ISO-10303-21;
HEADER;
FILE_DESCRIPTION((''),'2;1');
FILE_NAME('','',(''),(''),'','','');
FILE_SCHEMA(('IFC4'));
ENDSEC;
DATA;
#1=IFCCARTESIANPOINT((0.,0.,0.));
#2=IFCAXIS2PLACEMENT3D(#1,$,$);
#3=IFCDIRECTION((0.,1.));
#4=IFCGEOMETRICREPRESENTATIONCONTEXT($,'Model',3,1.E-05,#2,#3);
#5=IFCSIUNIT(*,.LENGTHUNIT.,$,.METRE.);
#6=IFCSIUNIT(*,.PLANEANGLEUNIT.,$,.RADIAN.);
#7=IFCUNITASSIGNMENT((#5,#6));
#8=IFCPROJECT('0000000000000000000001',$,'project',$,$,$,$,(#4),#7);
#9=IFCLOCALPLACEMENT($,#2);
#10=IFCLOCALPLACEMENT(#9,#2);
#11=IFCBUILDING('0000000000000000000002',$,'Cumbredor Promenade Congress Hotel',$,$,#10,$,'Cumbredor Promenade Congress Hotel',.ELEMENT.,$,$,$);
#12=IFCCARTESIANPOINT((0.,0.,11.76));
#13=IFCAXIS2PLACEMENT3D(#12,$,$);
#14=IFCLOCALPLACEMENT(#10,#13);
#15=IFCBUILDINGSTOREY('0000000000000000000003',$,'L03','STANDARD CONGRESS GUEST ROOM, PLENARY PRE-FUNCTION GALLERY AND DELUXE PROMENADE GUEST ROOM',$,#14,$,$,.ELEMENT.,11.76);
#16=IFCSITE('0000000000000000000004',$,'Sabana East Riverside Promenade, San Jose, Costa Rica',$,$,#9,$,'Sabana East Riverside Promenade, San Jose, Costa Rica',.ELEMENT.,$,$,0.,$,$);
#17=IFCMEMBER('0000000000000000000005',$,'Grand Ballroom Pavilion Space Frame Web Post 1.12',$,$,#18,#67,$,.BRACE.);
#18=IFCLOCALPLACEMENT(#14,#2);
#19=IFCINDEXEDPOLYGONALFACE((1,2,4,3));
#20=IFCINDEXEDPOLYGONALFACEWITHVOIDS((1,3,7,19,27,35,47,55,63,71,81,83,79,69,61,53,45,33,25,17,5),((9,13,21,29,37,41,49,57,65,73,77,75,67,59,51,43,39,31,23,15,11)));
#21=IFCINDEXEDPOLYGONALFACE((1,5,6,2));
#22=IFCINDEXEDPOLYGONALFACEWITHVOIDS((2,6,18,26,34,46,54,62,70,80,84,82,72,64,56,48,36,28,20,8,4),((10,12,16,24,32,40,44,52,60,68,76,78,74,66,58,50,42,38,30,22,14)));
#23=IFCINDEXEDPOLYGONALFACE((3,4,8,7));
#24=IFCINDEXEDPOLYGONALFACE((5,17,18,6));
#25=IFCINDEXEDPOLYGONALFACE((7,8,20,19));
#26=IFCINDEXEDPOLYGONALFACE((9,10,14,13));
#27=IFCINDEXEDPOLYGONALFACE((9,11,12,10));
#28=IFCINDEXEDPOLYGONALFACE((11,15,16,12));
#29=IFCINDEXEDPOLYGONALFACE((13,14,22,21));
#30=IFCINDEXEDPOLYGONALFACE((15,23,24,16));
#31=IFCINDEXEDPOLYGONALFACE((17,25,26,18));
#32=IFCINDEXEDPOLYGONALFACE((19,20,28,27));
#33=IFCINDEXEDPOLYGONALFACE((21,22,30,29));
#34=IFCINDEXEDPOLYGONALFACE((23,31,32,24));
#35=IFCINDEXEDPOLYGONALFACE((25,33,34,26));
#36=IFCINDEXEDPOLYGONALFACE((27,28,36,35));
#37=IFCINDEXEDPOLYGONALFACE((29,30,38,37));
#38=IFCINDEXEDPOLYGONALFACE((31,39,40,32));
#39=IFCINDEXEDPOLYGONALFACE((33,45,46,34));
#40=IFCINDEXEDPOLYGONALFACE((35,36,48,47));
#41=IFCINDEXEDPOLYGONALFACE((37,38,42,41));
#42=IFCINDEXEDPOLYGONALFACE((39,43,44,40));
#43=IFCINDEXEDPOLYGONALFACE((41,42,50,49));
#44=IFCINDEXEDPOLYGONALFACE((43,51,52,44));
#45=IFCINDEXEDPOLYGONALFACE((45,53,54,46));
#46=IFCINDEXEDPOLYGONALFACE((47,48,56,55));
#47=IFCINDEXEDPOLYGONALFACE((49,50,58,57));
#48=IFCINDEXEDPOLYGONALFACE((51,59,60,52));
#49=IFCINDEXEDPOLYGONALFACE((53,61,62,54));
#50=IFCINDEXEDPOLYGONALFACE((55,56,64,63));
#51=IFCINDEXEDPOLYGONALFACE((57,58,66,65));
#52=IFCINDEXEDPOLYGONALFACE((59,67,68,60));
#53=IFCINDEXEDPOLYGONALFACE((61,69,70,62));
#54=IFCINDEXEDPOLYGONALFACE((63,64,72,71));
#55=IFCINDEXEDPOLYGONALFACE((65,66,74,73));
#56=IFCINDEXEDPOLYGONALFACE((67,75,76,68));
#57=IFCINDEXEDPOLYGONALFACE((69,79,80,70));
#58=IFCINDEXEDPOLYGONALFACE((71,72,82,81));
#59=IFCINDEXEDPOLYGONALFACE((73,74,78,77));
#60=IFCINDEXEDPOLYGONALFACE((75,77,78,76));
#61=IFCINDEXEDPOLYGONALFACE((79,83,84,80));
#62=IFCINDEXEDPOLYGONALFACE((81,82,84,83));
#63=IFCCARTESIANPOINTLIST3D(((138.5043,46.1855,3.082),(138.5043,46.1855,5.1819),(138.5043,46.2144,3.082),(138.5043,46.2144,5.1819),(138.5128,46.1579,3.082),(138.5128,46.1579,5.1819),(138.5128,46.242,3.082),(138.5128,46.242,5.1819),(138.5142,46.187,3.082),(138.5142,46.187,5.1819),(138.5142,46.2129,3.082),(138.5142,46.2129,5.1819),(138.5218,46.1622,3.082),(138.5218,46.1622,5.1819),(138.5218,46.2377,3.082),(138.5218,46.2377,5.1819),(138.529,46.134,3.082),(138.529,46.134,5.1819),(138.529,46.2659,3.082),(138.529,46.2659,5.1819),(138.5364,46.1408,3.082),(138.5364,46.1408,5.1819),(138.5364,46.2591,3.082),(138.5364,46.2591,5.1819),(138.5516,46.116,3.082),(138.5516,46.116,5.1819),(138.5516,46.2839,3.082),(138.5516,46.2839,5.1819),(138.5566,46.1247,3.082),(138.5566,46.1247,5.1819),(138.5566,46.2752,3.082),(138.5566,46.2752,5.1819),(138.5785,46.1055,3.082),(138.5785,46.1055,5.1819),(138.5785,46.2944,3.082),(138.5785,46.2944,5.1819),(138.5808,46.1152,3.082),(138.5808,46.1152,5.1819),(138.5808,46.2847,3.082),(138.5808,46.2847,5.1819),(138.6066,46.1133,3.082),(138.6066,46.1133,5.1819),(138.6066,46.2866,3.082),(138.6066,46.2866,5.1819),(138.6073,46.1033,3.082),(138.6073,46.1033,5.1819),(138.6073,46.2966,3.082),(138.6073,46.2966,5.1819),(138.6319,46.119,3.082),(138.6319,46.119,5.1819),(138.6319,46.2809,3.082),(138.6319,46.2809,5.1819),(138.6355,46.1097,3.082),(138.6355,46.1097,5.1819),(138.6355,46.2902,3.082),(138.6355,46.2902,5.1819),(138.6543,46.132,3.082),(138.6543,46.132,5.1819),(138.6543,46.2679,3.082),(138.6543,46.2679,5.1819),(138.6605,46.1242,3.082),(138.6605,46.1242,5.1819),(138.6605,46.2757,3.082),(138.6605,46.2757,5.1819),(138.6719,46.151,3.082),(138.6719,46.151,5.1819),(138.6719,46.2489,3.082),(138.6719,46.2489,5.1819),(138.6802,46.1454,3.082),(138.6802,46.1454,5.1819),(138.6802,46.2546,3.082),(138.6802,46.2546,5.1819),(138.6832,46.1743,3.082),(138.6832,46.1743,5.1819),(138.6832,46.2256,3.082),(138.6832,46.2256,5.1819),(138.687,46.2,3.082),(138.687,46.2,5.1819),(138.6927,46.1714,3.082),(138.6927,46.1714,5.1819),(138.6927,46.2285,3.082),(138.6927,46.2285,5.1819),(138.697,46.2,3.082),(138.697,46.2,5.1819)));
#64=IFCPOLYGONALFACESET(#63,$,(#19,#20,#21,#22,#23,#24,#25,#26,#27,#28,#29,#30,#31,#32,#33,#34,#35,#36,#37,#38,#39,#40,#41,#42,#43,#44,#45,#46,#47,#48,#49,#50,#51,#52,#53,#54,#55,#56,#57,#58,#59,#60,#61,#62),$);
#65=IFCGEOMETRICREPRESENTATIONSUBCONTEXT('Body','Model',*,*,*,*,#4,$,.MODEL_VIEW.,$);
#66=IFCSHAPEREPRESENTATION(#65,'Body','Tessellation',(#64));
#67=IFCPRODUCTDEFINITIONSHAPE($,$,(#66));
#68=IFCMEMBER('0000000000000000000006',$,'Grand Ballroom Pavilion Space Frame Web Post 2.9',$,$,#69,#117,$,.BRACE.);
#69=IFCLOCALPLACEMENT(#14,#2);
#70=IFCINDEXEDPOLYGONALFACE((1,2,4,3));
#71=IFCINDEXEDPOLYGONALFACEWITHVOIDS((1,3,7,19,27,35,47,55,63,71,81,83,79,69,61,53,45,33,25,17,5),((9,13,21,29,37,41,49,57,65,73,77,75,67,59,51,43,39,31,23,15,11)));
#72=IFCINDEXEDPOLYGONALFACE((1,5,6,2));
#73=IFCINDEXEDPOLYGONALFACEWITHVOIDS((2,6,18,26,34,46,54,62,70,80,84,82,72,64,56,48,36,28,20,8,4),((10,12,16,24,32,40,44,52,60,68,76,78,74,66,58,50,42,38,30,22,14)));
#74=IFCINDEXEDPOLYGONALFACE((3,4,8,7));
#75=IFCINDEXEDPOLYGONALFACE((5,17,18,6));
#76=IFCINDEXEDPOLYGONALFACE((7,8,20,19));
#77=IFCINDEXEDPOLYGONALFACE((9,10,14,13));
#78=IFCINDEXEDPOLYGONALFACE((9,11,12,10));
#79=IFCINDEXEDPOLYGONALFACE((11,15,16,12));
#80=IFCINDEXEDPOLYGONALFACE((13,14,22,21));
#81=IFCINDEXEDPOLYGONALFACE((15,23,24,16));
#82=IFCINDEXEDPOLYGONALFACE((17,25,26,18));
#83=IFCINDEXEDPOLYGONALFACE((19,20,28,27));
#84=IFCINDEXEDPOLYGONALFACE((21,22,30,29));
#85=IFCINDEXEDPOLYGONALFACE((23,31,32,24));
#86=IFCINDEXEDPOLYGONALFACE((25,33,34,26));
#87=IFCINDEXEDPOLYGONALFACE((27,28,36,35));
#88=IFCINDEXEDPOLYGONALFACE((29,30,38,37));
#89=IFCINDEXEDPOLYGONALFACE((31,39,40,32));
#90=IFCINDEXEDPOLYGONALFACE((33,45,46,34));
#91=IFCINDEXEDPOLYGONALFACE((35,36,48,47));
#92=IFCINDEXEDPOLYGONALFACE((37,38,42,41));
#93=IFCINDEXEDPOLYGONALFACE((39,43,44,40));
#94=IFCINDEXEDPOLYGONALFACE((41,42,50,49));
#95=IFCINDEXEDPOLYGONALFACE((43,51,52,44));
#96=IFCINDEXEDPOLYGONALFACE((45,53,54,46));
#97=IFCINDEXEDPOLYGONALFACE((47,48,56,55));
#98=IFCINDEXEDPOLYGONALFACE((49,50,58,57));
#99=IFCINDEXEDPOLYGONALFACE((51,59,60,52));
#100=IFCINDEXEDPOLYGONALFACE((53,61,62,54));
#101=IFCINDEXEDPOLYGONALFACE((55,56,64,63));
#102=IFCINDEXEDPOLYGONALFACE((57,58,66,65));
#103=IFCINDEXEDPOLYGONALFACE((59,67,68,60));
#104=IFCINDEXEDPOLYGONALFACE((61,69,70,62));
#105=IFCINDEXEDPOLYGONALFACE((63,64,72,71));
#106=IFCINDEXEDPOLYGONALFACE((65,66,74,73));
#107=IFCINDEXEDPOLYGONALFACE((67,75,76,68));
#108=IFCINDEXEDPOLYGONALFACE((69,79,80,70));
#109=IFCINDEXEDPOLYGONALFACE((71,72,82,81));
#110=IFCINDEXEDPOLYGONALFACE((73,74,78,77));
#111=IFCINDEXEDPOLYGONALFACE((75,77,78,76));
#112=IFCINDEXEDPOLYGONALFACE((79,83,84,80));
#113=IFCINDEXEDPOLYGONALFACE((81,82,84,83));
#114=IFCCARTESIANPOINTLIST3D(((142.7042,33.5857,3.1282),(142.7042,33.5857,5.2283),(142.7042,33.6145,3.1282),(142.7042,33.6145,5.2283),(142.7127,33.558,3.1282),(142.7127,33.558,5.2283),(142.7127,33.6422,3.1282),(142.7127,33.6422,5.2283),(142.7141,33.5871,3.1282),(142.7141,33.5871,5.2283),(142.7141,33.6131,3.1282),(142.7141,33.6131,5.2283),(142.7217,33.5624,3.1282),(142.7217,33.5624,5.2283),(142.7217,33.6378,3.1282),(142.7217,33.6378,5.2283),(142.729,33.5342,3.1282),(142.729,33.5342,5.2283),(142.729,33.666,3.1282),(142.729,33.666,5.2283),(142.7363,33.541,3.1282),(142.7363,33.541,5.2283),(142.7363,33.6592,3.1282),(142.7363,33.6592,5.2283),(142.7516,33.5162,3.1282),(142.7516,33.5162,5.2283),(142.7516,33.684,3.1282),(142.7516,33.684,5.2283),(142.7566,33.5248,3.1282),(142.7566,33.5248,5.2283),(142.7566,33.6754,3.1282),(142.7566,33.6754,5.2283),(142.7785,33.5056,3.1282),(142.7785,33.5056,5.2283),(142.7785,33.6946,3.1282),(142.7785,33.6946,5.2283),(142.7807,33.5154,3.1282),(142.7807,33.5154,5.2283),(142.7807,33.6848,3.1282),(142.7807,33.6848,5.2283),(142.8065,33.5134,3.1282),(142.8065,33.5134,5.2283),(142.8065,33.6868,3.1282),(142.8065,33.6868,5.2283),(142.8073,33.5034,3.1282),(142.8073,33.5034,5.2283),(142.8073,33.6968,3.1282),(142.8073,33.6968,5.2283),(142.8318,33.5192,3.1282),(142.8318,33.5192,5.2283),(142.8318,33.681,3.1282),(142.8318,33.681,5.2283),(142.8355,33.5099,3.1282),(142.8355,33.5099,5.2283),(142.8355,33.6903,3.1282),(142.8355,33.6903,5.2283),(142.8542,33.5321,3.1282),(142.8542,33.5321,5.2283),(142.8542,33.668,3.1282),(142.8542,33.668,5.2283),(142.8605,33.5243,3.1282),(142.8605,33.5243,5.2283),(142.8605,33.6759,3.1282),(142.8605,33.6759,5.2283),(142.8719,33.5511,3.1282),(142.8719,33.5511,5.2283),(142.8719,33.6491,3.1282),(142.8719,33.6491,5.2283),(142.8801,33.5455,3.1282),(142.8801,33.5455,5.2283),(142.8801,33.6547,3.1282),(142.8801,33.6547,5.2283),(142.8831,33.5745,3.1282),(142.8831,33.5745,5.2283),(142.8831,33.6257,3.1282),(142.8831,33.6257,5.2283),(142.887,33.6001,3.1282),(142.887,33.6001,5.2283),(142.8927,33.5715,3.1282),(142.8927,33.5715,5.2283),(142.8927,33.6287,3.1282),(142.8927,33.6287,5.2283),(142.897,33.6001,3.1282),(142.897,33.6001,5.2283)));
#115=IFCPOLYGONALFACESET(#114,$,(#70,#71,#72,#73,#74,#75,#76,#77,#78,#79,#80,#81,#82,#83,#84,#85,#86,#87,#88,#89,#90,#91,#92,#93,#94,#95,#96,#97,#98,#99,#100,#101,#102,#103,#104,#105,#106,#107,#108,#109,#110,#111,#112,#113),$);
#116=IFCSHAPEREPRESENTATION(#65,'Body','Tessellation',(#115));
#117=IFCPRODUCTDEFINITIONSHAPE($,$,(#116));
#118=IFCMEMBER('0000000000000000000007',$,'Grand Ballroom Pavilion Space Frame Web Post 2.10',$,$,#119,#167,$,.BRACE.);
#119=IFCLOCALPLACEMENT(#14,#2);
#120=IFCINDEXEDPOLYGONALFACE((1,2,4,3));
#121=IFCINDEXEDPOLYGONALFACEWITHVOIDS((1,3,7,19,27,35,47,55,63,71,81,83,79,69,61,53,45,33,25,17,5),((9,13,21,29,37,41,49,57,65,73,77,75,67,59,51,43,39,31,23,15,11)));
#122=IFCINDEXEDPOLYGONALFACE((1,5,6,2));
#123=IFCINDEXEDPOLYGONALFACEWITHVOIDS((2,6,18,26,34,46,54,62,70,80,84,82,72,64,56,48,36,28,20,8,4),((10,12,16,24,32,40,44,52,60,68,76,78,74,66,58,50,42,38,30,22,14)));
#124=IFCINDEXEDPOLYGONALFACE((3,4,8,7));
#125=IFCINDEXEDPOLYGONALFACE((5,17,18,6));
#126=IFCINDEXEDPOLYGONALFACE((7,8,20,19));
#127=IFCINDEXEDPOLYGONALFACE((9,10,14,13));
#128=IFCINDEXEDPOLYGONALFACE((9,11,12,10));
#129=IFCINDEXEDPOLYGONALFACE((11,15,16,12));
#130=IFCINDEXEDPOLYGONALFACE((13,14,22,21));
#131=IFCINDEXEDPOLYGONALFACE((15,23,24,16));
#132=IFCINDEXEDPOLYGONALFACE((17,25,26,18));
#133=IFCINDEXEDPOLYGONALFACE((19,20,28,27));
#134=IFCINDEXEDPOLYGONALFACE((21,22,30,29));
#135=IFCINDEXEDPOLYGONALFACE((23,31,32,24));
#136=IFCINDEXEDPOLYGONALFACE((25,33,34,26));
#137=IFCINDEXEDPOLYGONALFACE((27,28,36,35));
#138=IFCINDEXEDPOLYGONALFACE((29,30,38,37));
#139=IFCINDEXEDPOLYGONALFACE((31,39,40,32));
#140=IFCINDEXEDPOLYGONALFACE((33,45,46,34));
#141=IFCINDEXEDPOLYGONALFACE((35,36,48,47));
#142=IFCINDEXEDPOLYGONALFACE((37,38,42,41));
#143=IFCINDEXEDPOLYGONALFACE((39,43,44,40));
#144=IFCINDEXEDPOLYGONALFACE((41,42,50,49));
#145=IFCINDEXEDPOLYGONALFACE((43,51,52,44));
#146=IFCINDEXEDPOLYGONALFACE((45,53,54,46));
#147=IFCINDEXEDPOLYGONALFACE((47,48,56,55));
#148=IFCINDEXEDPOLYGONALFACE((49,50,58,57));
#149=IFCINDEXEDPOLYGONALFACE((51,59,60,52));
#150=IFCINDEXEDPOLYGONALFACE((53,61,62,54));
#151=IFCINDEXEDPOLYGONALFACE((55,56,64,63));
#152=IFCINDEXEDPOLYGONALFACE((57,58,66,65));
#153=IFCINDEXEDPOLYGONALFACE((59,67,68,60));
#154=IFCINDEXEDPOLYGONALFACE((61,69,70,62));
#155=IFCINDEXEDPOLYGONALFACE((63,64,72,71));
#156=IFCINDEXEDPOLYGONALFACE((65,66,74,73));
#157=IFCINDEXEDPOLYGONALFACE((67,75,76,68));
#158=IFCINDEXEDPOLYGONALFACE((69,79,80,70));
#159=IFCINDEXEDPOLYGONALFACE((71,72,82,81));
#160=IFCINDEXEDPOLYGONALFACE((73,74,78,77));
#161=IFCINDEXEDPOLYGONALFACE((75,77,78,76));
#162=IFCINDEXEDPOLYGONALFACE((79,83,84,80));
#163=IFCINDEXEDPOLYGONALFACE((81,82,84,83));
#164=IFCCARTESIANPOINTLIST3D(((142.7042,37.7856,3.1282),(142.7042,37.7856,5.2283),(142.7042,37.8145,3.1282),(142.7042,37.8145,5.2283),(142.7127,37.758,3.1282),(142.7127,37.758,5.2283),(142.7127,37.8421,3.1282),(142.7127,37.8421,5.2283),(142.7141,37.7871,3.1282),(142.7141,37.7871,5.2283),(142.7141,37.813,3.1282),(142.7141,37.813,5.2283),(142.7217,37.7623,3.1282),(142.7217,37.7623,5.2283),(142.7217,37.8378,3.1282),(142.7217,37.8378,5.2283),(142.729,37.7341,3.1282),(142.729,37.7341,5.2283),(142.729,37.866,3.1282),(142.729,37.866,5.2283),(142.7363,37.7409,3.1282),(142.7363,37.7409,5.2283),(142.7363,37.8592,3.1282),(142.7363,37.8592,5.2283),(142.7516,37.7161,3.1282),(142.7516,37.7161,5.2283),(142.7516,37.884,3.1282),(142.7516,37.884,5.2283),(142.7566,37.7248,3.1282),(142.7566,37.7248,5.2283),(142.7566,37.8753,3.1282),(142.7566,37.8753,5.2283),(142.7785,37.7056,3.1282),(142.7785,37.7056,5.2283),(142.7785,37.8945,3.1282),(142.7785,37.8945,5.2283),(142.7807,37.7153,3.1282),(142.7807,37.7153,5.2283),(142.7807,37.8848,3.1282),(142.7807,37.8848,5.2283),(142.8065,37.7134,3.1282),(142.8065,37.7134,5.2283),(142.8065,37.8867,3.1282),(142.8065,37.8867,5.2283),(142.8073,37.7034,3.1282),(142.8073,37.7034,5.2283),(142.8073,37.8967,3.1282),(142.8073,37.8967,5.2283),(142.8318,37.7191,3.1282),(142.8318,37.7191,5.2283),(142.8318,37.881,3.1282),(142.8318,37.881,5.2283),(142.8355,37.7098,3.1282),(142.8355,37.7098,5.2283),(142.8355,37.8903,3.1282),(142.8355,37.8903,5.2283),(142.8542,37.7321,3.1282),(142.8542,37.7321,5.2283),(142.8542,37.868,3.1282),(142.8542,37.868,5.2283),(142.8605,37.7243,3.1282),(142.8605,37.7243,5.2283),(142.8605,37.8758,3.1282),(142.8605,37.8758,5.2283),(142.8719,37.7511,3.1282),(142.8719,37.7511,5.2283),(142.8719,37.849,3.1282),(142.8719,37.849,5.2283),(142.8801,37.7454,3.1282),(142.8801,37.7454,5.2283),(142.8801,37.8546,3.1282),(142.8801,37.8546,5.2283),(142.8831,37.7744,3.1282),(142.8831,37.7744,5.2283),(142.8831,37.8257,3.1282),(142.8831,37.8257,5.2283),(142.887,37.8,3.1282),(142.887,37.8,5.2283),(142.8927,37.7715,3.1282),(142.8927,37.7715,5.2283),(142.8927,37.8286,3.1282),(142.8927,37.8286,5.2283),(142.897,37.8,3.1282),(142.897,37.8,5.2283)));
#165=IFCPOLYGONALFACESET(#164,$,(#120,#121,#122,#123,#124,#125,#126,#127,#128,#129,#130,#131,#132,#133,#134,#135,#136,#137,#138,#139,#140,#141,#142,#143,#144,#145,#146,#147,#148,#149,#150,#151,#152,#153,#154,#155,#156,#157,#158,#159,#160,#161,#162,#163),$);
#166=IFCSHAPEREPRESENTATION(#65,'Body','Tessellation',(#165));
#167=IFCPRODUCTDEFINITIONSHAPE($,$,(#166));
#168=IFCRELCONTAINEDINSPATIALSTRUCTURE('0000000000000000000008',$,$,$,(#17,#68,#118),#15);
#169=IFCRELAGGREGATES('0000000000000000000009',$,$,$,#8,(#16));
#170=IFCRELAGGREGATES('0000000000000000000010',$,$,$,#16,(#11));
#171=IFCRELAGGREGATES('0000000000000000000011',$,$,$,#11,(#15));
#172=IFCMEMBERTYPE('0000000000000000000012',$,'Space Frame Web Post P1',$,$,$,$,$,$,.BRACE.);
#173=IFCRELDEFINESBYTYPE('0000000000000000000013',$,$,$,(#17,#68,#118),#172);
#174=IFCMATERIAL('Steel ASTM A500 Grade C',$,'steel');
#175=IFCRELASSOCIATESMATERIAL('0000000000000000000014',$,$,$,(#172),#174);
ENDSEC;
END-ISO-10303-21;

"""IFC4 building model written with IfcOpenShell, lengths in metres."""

from ifc_helpers import new_model, si_unit, direction, frame, origin, origin_2d, place, context, subcontext, project, spatial, hollow_circle, extrude, material, material_profile, profile_set, type_object, element, save


model = new_model("IFC4")

# Units and contexts
model_context = context("Model", 3, precision=1e-05, world=origin(), true_north=direction((0.0, 1.0)))
body_context = subcontext(model_context, "Body", "Model", "MODEL_VIEW")
ifc_project = project(units=[si_unit("LENGTHUNIT", "METRE"), si_unit("PLANEANGLEUNIT", "RADIAN")], contexts=[model_context])

# Site, building, storey
site_placement = place(None, origin())
site = spatial("IfcSite", under=ifc_project, at=site_placement, Name="Sabana East Riverside Promenade, San Jose, Costa Rica", LongName="Sabana East Riverside Promenade, San Jose, Costa Rica", CompositionType="ELEMENT", RefElevation=0.0)
building_placement = place(site_placement, origin())
building = spatial("IfcBuilding", under=site, at=building_placement, Name="Cumbredor Promenade Congress Hotel", LongName="Cumbredor Promenade Congress Hotel", CompositionType="ELEMENT")
storey_placement = place(building_placement, frame((0.0, 0.0, 11.76)))
storey = spatial("IfcBuildingStorey", under=building, at=storey_placement, Name="L03", Description="STANDARD CONGRESS GUEST ROOM, PLENARY PRE-FUNCTION GALLERY AND DELUXE PROMENADE GUEST ROOM", CompositionType="ELEMENT", Elevation=11.76)

# Members
ifc_material_1 = material(Name="Steel ASTM A500 Grade C", Category="steel")
ifc_material_profile_1 = material_profile(ifc_material_1, hollow_circle(Radius=0.0969, WallThickness=0.01, at=origin_2d()), Name="CHS 193.7x10")
ifc_profile_set_1 = profile_set([ifc_material_profile_1], Name="Steel ASTM A500 Grade C")
member_type_1 = type_object("IfcMemberType", Name="Space Frame Web Post P1", PredefinedType="BRACE", material=ifc_profile_set_1)
member_1_placement = place(storey_placement, frame((138.6001, 46.2, 3.082), z_axis=(0.0, 0.0, 1.0), x_axis=(1.0, 0.0, 0.0)))
element("IfcMember", 1, at=member_1_placement, inside=storey, type_object=member_type_1, Name="Grand Ballroom Pavilion Space Frame Web Post 1.12", PredefinedType="BRACE", context=body_context, shape_type="SweptSolid", body=[
    extrude(hollow_circle(Radius=0.0969, WallThickness=0.01, at=origin_2d()), origin(), (0.0, 0.0, 1.0), 2.0999),
])
for number, where, z_axis, x_axis, name in (
    (2, (142.8, 33.6001, 3.1282), (0.0, 0.0, 1.0), (1.0, 0.0, 0.0), "Grand Ballroom Pavilion Space Frame Web Post 2.9"),
    (3, (142.8, 37.8, 3.1282), (0.0, 0.0, 1.0), (1.0, 0.0, 0.0), "Grand Ballroom Pavilion Space Frame Web Post 2.10"),
):
    element("IfcMember", number, at=place(storey_placement, frame(where, z_axis=z_axis, x_axis=x_axis)), inside=storey, type_object=member_type_1, Name=name, PredefinedType="BRACE", context=body_context, shape_type="SweptSolid", body=[
        extrude(hollow_circle(Radius=0.0969, WallThickness=0.01, at=origin_2d()), origin(), (0.0, 0.0, 1.0), 2.1001),
    ])

save(model, "model.ifc")
